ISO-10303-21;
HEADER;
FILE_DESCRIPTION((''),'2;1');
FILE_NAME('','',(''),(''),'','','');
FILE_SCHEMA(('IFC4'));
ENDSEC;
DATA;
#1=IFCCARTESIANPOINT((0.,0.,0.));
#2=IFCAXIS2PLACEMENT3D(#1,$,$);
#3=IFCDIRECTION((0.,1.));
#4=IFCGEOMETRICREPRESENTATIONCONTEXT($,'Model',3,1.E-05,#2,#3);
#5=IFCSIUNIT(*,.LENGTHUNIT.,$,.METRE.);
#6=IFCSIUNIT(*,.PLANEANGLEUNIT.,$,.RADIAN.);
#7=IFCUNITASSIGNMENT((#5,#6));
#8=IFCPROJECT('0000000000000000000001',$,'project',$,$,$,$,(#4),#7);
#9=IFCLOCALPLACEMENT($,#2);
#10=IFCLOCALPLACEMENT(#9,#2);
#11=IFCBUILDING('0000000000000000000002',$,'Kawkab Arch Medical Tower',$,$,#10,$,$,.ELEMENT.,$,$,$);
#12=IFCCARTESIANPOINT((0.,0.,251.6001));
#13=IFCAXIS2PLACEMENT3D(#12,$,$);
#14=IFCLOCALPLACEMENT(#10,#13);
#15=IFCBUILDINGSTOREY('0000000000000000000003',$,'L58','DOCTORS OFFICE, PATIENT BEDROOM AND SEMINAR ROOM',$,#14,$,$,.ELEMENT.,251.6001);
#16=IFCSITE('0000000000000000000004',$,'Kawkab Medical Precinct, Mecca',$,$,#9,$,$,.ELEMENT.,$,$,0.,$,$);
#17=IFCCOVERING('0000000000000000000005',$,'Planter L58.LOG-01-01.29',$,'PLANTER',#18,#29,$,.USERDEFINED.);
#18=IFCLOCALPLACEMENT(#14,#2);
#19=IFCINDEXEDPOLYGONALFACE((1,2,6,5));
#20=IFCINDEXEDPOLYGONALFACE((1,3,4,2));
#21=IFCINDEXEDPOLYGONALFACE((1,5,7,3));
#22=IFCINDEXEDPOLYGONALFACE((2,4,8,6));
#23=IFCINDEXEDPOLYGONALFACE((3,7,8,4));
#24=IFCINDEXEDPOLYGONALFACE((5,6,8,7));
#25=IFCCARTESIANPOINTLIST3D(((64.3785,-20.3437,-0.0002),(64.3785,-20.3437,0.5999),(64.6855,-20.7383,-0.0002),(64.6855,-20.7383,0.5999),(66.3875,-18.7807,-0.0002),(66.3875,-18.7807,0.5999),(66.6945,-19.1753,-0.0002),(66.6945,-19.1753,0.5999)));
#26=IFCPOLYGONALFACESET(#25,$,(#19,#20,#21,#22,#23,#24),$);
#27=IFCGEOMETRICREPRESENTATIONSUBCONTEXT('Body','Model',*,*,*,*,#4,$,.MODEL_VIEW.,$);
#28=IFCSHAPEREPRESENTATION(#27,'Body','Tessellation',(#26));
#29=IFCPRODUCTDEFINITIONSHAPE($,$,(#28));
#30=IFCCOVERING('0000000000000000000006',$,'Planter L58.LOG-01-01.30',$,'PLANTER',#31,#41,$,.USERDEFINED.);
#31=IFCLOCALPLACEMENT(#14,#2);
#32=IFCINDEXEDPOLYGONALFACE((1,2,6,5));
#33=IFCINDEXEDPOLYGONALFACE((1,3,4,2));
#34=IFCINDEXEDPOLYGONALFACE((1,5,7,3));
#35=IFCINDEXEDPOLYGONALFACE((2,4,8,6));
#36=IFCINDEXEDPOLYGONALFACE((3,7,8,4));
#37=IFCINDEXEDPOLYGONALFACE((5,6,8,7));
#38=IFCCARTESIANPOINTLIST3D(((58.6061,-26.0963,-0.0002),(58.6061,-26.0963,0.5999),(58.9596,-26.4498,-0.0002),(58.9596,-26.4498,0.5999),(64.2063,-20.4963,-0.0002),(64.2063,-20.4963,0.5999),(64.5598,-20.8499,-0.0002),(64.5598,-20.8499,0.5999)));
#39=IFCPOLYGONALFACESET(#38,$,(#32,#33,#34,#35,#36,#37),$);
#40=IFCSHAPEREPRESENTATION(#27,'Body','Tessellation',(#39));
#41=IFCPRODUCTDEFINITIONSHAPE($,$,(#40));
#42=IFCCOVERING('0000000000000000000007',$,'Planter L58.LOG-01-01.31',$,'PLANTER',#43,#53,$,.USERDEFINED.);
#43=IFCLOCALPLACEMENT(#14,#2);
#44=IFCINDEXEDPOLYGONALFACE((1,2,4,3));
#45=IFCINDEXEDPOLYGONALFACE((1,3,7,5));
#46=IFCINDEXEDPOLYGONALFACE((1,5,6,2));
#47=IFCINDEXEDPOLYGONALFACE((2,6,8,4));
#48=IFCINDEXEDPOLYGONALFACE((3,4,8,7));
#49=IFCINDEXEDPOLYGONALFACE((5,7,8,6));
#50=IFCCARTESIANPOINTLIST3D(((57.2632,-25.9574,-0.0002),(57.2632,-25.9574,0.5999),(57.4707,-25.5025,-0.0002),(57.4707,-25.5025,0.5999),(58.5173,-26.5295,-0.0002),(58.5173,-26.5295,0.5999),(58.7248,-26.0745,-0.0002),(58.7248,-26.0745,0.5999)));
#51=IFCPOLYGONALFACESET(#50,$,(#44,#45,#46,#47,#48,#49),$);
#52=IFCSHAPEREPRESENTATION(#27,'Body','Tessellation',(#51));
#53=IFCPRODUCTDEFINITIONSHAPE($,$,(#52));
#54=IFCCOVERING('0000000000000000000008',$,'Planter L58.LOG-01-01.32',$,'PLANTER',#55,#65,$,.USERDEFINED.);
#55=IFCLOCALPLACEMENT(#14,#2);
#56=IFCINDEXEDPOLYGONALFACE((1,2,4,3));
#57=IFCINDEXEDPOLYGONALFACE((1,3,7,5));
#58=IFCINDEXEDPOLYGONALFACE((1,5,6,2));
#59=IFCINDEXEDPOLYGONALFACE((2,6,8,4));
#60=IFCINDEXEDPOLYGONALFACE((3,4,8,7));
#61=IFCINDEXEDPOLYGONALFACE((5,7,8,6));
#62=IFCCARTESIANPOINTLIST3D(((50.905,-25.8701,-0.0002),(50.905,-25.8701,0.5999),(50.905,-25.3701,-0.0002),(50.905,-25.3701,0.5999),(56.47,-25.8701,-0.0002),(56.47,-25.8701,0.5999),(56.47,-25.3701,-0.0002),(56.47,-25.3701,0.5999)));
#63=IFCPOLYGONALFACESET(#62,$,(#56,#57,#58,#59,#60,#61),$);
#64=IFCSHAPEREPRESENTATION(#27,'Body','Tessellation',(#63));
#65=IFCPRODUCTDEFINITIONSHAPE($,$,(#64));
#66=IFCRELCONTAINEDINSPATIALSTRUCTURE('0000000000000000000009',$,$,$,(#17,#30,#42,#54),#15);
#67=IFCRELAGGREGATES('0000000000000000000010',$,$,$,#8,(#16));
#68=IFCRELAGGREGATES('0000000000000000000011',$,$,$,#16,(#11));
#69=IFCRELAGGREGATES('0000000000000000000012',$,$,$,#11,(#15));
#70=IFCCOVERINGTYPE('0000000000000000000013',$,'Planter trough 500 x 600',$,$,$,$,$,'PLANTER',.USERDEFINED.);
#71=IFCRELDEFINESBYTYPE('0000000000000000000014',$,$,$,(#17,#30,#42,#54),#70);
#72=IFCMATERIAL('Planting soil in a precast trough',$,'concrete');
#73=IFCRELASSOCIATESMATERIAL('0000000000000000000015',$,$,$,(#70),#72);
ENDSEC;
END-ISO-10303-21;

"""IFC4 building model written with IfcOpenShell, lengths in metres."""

from ifc_helpers import new_model, si_unit, direction, frame, origin, origin_2d, place, context, subcontext, project, spatial, rectangle, extrude, material, material_profile, profile_set, type_object, element, save


model = new_model("IFC4")

# Units and contexts
model_context = context("Model", 3, precision=1e-05, world=origin(), true_north=direction((0.0, 1.0)))
body_context = subcontext(model_context, "Body", "Model", "MODEL_VIEW")
ifc_project = project(units=[si_unit("LENGTHUNIT", "METRE"), si_unit("PLANEANGLEUNIT", "RADIAN")], contexts=[model_context])

# Site, building, storey
site_placement = place(None, origin())
site = spatial("IfcSite", under=ifc_project, at=site_placement, Name="Kawkab Medical Precinct, Mecca", CompositionType="ELEMENT", RefElevation=0.0)
building_placement = place(site_placement, origin())
building = spatial("IfcBuilding", under=site, at=building_placement, Name="Kawkab Arch Medical Tower", CompositionType="ELEMENT")
storey_placement = place(building_placement, frame((0.0, 0.0, 251.6001)))
storey = spatial("IfcBuildingStorey", under=building, at=storey_placement, Name="L58", Description="DOCTORS OFFICE, PATIENT BEDROOM AND SEMINAR ROOM", CompositionType="ELEMENT", Elevation=251.6001)

# Coverings
ifc_material_1 = material(Name="Planting soil in a precast trough", Category="concrete")
ifc_material_profile_1 = material_profile(ifc_material_1, rectangle(XDim=0.5, YDim=0.6001, at=origin_2d()), Name="Trough 500x600")
ifc_profile_set_1 = profile_set([ifc_material_profile_1], Name="Planting soil in a precast trough")
covering_type_1 = type_object("IfcCoveringType", Name="Planter trough 500 x 600", ElementType="PLANTER", PredefinedType="USERDEFINED", material=ifc_profile_set_1)
covering_1_placement = place(storey_placement, frame((66.541, -18.978, 0.2998), z_axis=(-0.789275, -0.61404, 0.0), x_axis=(0.61404, -0.789275, 0.0)))
element("IfcCovering", 1, at=covering_1_placement, inside=storey, type_object=covering_type_1, Name="Planter L58.LOG-01-01.29", ObjectType="PLANTER", PredefinedType="USERDEFINED", context=body_context, shape_type="SweptSolid", body=[
    extrude(rectangle(XDim=0.5, YDim=0.6001, at=origin_2d()), origin(), (0.0, 0.0, 1.0), 2.5454),
])
covering_2_placement = place(storey_placement, frame((64.3831, -20.6731, 0.2998), z_axis=(-0.707122, -0.707091, 0.0), x_axis=(0.707091, -0.707122, 0.0)))
element("IfcCovering", 2, at=covering_2_placement, inside=storey, type_object=covering_type_1, Name="Planter L58.LOG-01-01.30", ObjectType="PLANTER", PredefinedType="USERDEFINED", context=body_context, shape_type="SweptSolid", body=[
    extrude(rectangle(XDim=0.5, YDim=0.6001, at=origin_2d()), origin(), (0.0, 0.0, 1.0), 7.9197),
])
covering_3_placement = place(storey_placement, frame((58.6211, -26.302, 0.2998), z_axis=(-0.909832, 0.414977, 0.0), x_axis=(-0.414977, -0.909832, 0.0)))
element("IfcCovering", 3, at=covering_3_placement, inside=storey, type_object=covering_type_1, Name="Planter L58.LOG-01-01.31", ObjectType="PLANTER", PredefinedType="USERDEFINED", context=body_context, shape_type="SweptSolid", body=[
    extrude(rectangle(XDim=0.5, YDim=0.6001, at=origin_2d()), origin(), (0.0, 0.0, 1.0), 1.3784),
])
covering_4_placement = place(storey_placement, frame((56.47, -25.6201, 0.2998), z_axis=(-1.0, 0.0, 0.0), x_axis=(0.0, -1.0, 0.0)))
element("IfcCovering", 4, at=covering_4_placement, inside=storey, type_object=covering_type_1, Name="Planter L58.LOG-01-01.32", ObjectType="PLANTER", PredefinedType="USERDEFINED", context=body_context, shape_type="SweptSolid", body=[
    extrude(rectangle(XDim=0.5, YDim=0.6001, at=origin_2d()), origin(), (0.0, 0.0, 1.0), 5.5649),
])

save(model, "model.ifc")
